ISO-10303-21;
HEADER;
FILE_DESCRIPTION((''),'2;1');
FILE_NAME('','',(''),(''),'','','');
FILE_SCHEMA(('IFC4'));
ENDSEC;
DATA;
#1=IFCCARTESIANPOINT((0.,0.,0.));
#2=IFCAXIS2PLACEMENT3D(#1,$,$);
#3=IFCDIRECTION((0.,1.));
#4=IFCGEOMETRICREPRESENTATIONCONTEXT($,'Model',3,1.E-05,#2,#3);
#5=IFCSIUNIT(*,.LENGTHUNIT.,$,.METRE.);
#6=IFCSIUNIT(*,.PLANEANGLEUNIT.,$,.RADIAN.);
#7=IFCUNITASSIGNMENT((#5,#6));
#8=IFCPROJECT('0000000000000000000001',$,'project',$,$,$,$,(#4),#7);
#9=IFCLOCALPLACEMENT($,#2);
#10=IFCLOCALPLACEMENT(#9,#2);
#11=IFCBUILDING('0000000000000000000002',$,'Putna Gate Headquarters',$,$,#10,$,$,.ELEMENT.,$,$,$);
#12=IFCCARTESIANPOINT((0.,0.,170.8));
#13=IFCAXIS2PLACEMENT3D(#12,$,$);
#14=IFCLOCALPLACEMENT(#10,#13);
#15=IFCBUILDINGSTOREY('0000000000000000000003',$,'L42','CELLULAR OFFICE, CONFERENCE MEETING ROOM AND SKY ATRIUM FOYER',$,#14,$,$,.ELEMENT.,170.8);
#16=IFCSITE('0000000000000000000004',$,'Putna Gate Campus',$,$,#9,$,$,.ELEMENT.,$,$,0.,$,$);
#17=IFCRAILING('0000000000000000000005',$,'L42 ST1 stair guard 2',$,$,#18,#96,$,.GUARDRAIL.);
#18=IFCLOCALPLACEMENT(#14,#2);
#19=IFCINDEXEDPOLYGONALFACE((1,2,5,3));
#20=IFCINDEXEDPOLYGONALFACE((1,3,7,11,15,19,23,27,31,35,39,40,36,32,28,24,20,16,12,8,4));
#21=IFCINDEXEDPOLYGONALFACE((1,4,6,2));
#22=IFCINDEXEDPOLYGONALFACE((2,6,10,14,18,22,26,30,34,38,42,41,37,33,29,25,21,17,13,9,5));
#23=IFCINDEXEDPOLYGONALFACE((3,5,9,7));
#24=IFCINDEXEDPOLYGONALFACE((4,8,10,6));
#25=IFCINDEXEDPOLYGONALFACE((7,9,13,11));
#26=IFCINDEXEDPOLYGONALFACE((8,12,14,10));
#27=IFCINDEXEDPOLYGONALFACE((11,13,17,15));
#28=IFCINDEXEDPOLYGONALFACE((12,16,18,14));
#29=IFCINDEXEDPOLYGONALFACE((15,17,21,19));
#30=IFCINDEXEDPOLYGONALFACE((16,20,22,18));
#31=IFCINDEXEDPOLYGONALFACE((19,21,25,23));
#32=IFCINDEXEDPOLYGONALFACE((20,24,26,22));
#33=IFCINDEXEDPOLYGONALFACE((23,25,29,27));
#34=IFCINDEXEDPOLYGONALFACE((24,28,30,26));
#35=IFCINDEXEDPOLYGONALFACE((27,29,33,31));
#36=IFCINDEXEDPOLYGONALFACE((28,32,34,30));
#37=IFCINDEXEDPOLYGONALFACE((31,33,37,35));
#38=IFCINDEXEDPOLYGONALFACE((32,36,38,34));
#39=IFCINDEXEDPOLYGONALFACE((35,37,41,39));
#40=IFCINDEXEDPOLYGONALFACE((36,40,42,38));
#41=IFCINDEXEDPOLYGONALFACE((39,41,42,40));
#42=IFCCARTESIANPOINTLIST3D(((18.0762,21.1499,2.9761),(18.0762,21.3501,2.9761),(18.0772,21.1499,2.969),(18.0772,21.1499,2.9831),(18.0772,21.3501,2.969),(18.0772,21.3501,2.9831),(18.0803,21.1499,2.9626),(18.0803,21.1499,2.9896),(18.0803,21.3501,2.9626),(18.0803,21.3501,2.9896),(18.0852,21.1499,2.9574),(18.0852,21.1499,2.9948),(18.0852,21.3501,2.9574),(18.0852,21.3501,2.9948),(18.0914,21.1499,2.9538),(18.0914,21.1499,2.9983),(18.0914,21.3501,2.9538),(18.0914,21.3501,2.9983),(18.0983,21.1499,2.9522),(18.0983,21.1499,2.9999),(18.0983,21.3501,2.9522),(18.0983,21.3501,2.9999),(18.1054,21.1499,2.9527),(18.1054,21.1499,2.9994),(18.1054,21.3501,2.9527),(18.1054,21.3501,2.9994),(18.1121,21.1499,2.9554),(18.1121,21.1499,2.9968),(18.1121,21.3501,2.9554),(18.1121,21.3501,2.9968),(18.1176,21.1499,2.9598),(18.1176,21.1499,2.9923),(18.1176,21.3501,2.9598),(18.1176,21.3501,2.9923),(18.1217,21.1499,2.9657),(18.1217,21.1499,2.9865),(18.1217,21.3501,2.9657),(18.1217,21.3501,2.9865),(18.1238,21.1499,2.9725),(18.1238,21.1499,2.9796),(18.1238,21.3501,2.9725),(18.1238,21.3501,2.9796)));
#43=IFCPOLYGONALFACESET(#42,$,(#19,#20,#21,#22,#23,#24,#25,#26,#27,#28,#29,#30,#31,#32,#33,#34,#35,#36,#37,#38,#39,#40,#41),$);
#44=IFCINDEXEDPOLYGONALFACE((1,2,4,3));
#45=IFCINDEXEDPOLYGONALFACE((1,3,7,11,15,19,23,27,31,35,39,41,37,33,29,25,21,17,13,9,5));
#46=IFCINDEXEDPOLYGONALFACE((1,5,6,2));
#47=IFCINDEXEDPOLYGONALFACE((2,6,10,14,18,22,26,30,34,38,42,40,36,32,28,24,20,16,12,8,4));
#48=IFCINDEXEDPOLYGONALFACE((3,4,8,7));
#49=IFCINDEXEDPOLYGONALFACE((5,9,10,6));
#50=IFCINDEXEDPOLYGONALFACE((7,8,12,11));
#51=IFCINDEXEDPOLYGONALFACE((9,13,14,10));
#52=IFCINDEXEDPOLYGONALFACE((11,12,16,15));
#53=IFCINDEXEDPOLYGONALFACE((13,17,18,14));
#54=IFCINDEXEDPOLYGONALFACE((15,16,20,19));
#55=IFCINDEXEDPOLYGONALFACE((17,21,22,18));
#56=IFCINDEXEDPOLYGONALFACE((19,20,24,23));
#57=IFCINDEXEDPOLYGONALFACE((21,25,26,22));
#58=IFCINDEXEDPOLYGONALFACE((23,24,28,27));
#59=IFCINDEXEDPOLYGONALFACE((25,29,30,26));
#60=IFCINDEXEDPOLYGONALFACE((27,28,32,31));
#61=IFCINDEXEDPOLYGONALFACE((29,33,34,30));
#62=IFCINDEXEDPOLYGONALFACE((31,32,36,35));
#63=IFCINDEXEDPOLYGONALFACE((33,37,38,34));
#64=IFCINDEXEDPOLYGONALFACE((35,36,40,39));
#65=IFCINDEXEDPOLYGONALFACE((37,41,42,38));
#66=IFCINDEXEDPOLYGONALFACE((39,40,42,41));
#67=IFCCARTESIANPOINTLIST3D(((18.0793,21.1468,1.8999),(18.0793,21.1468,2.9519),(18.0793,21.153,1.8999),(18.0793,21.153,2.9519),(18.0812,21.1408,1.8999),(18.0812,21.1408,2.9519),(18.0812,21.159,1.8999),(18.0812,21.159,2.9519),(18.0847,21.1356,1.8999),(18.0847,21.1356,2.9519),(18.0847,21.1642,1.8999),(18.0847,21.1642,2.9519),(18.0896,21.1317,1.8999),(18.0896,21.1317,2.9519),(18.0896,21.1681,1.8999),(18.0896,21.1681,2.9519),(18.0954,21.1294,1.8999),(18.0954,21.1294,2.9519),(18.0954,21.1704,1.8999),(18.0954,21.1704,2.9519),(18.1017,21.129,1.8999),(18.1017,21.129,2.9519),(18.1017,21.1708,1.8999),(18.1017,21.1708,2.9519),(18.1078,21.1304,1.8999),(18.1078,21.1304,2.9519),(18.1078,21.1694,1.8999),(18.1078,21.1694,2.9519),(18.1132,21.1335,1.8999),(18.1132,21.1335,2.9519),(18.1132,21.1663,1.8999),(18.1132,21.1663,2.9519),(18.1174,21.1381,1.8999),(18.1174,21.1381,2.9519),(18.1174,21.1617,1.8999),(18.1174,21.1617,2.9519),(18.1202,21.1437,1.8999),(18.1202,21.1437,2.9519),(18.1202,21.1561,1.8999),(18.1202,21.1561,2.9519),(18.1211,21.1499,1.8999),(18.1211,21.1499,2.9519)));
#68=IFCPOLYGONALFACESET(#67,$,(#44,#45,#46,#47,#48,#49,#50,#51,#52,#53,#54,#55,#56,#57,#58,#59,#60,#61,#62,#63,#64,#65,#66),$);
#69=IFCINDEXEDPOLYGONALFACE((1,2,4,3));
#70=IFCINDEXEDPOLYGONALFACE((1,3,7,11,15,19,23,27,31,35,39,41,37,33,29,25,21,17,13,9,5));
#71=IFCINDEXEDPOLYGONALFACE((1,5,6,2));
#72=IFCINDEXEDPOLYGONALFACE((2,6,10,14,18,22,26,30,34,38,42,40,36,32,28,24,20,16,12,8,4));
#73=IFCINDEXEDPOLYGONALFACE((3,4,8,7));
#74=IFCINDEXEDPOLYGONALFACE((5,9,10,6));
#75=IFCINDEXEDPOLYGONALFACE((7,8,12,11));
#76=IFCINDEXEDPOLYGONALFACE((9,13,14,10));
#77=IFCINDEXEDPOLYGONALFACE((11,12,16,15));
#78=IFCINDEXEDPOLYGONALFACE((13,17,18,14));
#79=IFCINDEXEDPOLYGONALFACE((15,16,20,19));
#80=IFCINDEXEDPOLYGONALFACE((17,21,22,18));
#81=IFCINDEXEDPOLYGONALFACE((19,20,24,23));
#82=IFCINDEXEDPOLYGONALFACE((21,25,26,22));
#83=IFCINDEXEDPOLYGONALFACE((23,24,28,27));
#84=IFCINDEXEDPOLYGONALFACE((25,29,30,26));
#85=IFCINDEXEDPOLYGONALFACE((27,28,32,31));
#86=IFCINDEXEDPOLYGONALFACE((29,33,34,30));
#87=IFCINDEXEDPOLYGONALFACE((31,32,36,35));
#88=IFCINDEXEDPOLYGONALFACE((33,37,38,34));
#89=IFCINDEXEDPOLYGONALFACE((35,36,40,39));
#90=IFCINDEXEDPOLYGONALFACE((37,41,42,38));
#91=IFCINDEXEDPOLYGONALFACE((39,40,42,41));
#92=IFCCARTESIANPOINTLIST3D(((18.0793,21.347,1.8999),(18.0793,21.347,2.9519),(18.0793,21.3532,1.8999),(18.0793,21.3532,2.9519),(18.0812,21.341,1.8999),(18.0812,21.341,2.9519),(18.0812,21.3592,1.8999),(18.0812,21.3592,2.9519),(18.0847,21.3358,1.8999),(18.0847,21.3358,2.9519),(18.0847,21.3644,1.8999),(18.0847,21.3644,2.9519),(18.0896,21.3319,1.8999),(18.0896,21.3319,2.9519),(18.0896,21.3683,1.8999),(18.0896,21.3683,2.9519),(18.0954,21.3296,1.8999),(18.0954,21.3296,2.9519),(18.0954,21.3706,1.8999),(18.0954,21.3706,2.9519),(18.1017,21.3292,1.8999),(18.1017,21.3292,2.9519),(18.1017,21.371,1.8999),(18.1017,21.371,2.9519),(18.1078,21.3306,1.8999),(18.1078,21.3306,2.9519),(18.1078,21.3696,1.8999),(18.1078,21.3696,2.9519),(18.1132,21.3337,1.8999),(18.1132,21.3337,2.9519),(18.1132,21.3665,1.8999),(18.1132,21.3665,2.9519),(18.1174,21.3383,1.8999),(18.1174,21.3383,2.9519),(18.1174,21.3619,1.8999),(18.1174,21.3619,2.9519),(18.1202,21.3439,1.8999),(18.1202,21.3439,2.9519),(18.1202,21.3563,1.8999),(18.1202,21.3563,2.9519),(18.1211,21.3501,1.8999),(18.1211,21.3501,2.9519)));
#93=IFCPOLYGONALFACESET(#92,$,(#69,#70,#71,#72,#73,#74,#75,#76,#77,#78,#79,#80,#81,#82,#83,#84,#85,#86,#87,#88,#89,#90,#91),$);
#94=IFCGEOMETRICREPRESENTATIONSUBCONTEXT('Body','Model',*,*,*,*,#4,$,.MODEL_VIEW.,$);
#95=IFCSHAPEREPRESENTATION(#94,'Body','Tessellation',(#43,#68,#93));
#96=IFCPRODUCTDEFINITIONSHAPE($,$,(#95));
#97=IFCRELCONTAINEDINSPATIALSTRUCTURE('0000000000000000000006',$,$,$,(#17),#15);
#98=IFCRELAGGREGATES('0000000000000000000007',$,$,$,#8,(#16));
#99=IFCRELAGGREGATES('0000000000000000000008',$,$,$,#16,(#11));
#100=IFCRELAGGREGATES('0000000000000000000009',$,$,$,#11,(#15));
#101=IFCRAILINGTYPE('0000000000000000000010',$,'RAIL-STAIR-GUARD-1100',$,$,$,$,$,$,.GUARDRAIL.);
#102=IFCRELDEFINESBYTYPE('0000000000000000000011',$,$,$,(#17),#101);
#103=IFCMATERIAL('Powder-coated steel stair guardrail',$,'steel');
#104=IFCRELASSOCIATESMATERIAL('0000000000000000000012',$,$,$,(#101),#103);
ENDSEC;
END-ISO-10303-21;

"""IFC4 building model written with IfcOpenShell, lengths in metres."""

from ifc_helpers import new_model, si_unit, direction, frame, origin, origin_2d, place, context, subcontext, project, spatial, circle, extrude, material, type_object, element, save


model = new_model("IFC4")

# Units and contexts
model_context = context("Model", 3, precision=1e-05, world=origin(), true_north=direction((0.0, 1.0)))
body_context = subcontext(model_context, "Body", "Model", "MODEL_VIEW")
ifc_project = project(units=[si_unit("LENGTHUNIT", "METRE"), si_unit("PLANEANGLEUNIT", "RADIAN")], contexts=[model_context])

# Site, building, storey
site_placement = place(None, origin())
site = spatial("IfcSite", under=ifc_project, at=site_placement, Name="Putna Gate Campus", CompositionType="ELEMENT", RefElevation=0.0)
building_placement = place(site_placement, origin())
building = spatial("IfcBuilding", under=site, at=building_placement, Name="Putna Gate Headquarters", CompositionType="ELEMENT")
storey_placement = place(building_placement, frame((0.0, 0.0, 170.8)))
storey = spatial("IfcBuildingStorey", under=building, at=storey_placement, Name="L42", Description="CELLULAR OFFICE, CONFERENCE MEETING ROOM AND SKY ATRIUM FOYER", CompositionType="ELEMENT", Elevation=170.8)

# Railing
ifc_material_1 = material(Name="Powder-coated steel stair guardrail", Category="steel")
railing_type_1 = type_object("IfcRailingType", Name="RAIL-STAIR-GUARD-1100", PredefinedType="GUARDRAIL", material=ifc_material_1)
railing_1_placement = place(storey_placement, frame((18.1001, 21.1499, 1.8999)))
element("IfcRailing", 1, at=railing_1_placement, inside=storey, type_object=railing_type_1, Name="L42 ST1 stair guard 2", PredefinedType="GUARDRAIL", context=body_context, shape_type="SweptSolid", body=[
    extrude(circle(Radius=0.0239, at=origin_2d()), frame((0.0, 0.0, 1.0762), z_axis=(0.0, 1.0, 0.0), x_axis=(-1.0, 0.0, 0.0)), (0.0, 0.0, 1.0), 0.2002),
    extrude(circle(Radius=0.021, at=origin_2d()), origin(), (0.0, 0.0, 1.0), 1.052),
    extrude(circle(Radius=0.021, at=origin_2d()), frame((0.0, 0.2002, 0.0)), (0.0, 0.0, 1.0), 1.052),
])

save(model, "model.ifc")
